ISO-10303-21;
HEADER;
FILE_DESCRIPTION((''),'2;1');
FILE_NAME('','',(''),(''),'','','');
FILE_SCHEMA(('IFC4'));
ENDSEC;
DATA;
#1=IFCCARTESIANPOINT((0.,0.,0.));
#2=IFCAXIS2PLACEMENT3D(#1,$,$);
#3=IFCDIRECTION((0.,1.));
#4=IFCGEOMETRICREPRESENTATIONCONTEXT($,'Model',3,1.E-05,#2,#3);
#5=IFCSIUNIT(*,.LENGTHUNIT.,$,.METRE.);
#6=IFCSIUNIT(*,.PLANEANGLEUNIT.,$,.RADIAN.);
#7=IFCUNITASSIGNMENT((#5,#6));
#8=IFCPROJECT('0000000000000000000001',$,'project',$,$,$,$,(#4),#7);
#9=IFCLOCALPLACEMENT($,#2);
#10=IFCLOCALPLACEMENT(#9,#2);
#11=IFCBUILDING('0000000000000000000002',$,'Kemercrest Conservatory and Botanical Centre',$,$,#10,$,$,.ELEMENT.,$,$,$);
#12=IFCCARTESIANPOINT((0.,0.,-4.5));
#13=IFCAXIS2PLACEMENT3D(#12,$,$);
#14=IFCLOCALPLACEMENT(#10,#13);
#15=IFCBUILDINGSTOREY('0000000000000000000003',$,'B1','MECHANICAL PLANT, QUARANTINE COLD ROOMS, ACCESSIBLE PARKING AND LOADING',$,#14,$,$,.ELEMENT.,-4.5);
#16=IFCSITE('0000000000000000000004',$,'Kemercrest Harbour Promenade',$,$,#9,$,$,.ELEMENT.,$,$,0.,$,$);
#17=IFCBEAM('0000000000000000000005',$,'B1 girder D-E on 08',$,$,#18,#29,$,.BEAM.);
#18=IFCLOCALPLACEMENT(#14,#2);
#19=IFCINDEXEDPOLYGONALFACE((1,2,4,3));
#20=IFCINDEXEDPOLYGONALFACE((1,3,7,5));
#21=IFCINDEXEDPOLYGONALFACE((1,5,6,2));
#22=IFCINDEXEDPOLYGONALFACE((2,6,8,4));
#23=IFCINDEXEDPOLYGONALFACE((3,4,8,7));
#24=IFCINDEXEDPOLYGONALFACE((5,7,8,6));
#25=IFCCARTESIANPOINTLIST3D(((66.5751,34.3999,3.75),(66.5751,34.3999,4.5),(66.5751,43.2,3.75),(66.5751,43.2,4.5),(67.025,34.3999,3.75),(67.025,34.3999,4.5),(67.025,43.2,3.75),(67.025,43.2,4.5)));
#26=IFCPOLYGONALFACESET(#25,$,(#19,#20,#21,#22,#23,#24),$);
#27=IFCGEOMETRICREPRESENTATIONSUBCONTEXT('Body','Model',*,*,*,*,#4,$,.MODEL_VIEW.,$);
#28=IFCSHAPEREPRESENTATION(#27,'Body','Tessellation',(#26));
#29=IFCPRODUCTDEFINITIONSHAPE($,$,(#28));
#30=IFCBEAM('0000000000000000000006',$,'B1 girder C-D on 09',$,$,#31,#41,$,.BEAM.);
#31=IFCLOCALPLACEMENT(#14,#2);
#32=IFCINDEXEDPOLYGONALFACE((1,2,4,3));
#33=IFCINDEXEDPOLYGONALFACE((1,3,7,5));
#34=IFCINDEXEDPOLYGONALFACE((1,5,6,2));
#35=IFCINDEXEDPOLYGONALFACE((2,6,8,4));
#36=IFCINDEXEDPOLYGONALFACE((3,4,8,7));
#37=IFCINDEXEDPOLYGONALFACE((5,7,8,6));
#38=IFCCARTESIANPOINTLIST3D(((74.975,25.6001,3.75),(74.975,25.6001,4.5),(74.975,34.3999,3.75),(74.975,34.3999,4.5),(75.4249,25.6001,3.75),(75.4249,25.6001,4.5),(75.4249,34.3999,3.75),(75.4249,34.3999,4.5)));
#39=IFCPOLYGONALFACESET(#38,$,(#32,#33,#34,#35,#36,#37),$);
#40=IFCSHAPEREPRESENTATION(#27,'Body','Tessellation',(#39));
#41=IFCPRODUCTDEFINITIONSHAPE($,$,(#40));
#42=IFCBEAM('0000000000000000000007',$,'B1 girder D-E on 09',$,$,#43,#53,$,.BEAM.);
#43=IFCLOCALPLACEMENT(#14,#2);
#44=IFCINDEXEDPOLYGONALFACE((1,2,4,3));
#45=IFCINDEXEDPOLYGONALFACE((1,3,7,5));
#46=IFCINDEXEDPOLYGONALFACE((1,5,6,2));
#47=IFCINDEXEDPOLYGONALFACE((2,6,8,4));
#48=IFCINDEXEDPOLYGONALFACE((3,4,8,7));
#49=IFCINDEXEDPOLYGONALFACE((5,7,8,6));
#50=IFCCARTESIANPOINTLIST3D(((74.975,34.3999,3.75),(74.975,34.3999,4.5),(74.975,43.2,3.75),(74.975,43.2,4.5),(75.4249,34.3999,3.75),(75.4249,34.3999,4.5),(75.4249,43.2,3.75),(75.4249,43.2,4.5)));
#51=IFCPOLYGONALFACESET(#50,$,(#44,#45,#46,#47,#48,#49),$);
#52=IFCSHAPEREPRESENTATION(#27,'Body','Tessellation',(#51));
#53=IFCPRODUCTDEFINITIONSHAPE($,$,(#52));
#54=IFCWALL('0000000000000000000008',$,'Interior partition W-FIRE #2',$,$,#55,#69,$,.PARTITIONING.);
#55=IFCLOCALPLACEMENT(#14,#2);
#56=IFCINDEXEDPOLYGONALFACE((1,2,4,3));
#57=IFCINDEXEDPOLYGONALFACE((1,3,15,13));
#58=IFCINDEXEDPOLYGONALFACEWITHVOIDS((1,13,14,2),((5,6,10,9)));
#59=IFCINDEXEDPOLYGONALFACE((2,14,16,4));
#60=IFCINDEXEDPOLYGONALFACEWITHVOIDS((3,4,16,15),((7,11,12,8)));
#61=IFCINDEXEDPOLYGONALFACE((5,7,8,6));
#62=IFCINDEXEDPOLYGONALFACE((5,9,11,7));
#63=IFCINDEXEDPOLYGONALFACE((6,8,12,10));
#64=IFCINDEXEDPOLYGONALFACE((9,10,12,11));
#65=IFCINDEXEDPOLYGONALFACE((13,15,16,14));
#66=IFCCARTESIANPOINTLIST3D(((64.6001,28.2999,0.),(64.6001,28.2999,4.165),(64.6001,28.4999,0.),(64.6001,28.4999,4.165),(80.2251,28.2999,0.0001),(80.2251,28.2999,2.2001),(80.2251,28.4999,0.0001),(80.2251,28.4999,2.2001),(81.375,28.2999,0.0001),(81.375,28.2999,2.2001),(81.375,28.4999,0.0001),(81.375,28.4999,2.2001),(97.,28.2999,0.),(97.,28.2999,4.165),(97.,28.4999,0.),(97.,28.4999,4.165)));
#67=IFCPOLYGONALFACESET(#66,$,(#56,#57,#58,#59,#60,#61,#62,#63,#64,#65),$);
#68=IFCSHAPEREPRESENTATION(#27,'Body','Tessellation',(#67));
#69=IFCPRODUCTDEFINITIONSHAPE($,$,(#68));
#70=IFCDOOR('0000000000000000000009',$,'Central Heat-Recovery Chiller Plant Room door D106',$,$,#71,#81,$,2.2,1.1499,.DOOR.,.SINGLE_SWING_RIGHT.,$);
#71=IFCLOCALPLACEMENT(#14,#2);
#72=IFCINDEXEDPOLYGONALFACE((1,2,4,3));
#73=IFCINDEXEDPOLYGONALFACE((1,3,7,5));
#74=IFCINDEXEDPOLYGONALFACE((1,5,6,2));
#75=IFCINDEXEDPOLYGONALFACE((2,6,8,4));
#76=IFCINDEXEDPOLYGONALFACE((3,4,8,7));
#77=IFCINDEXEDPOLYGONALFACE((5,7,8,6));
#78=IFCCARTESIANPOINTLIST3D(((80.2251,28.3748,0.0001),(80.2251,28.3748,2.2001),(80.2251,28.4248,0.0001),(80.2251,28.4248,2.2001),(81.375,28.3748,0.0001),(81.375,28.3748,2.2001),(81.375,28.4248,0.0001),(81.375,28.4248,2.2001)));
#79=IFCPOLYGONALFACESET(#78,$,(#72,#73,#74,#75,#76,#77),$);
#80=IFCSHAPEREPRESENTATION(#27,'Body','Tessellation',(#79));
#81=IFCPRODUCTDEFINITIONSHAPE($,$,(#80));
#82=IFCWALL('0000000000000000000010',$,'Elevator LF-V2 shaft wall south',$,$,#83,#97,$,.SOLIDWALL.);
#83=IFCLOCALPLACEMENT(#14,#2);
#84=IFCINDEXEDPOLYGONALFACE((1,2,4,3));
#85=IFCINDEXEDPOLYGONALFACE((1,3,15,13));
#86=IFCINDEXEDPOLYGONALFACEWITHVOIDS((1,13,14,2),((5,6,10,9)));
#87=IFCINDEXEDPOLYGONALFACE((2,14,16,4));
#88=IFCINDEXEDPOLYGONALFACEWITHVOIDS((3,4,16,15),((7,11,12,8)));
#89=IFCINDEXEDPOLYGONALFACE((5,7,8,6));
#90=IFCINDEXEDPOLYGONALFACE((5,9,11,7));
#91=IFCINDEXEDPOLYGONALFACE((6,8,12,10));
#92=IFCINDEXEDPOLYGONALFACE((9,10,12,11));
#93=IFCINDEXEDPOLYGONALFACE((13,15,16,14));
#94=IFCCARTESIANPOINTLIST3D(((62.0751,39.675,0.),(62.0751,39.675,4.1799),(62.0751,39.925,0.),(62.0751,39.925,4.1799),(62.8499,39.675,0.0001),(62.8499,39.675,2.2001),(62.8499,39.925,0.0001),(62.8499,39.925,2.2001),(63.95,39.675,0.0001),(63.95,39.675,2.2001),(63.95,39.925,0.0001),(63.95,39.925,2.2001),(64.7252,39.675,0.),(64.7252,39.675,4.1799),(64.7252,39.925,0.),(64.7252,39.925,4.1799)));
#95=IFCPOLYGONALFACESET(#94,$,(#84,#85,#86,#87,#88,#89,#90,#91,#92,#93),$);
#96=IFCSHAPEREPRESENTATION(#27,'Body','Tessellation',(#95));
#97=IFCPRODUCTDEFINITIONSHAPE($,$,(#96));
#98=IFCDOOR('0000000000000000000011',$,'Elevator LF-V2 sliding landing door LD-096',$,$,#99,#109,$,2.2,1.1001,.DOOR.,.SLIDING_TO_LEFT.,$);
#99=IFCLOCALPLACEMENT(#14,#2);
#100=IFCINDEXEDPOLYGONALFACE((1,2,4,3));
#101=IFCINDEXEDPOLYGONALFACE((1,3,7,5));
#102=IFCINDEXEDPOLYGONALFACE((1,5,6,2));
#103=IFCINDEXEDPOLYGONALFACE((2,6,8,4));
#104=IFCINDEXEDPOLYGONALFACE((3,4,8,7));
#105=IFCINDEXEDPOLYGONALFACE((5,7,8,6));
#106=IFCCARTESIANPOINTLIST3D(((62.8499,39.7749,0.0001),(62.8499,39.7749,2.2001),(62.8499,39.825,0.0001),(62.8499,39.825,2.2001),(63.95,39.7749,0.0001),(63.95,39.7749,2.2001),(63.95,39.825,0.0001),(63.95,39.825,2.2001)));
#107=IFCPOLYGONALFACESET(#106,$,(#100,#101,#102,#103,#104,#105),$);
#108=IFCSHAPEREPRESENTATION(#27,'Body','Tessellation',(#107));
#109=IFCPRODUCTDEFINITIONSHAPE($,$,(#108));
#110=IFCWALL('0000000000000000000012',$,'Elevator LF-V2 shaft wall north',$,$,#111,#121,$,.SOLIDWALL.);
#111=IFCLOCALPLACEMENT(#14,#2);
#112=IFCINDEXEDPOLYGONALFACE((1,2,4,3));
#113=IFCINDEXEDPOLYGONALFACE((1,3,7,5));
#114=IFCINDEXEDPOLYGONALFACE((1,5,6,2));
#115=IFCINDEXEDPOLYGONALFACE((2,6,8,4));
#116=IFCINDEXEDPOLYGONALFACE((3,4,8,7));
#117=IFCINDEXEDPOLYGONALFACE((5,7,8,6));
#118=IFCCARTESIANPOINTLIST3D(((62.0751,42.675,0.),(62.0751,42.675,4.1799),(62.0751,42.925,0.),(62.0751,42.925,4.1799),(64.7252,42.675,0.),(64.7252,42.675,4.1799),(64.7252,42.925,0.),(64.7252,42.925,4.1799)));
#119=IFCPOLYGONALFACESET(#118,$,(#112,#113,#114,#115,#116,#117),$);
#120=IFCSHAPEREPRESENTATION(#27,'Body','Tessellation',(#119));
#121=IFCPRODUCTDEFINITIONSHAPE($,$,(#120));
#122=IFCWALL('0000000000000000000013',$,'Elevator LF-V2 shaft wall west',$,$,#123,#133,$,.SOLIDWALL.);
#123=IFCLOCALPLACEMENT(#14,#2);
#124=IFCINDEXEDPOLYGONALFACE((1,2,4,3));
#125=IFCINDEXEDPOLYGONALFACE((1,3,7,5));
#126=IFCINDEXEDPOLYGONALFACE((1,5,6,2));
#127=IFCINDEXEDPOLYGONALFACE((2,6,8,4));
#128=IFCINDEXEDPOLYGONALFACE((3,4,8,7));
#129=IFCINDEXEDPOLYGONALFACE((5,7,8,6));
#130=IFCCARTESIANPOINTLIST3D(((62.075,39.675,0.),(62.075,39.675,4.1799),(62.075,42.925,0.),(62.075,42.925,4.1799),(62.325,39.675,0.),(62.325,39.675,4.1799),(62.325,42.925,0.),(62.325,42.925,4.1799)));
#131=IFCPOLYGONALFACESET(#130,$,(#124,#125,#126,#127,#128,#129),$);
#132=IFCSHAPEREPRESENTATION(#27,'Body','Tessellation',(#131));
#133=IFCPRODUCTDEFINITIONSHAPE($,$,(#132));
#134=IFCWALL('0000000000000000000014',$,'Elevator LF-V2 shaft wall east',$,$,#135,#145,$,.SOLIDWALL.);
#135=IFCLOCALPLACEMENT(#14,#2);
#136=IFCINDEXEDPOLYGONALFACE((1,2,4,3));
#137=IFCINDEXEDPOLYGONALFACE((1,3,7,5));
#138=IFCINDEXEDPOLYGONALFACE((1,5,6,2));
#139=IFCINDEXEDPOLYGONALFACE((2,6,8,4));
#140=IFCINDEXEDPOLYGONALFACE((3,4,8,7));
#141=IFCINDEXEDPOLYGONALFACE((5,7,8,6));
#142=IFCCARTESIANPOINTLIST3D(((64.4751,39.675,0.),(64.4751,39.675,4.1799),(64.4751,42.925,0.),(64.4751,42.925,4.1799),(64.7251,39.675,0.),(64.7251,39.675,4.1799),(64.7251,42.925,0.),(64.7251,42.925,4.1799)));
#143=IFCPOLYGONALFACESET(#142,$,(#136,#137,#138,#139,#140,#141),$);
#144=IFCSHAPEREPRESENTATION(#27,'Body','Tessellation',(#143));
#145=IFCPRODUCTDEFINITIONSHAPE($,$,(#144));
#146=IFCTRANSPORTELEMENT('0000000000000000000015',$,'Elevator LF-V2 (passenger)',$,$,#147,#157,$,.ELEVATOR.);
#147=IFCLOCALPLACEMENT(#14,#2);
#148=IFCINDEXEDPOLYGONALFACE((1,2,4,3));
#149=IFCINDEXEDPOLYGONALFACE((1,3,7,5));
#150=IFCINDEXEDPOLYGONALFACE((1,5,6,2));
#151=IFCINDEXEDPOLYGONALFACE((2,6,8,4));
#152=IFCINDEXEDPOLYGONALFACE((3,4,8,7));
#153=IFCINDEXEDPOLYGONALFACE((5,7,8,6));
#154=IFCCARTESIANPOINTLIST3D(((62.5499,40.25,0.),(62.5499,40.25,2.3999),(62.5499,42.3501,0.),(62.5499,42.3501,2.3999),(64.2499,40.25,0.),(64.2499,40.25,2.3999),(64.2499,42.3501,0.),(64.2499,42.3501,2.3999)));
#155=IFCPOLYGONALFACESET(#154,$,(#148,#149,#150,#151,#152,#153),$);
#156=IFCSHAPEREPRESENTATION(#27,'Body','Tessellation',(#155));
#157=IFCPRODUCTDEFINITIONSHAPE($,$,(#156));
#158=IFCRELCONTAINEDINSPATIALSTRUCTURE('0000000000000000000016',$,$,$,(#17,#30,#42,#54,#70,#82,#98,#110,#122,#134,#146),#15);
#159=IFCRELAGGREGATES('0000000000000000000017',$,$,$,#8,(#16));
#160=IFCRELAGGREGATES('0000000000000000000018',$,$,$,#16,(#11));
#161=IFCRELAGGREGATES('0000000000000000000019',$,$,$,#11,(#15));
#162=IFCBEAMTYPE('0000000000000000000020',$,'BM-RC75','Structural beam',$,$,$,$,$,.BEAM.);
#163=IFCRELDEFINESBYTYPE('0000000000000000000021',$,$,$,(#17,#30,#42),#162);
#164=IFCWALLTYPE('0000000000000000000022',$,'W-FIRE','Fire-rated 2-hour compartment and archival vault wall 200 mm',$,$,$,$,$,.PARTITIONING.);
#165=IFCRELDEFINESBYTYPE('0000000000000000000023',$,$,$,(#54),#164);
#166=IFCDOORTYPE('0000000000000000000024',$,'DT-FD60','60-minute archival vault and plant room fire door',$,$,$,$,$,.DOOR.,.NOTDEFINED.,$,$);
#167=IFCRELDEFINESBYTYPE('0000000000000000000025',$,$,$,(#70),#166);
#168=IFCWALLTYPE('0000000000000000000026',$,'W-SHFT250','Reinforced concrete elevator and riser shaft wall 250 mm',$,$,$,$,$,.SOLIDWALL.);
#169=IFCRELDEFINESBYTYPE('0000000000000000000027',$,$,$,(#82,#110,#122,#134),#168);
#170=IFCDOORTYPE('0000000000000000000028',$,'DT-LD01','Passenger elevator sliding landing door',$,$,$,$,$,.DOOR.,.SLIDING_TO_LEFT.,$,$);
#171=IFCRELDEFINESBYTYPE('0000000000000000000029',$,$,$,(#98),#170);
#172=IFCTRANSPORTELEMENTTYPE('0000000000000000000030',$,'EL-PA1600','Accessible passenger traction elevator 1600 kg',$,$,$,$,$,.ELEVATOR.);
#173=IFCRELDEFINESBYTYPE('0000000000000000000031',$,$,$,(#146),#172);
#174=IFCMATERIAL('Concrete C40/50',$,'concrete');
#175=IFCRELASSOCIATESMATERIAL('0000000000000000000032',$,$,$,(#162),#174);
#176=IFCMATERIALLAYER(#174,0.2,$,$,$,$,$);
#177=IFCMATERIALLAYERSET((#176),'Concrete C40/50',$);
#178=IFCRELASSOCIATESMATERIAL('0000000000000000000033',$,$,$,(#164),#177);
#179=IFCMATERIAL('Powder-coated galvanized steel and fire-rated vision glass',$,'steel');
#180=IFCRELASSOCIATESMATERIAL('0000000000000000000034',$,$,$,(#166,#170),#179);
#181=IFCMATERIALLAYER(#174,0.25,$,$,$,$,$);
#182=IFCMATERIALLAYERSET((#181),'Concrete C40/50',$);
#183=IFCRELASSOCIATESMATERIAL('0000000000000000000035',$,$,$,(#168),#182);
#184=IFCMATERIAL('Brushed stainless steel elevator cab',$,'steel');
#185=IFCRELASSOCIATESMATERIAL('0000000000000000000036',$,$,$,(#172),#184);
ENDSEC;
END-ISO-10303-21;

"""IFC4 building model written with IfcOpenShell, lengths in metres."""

from ifc_helpers import new_model, si_unit, direction, frame, frame_2d, origin, origin_2d, place, context, subcontext, project, spatial, rectangle, extrude, material, layer, layer_set, material_profile, profile_set, type_object, element, fill, save


model = new_model("IFC4")

# Units and contexts
model_context = context("Model", 3, precision=1e-05, world=origin(), true_north=direction((0.0, 1.0)))
body_context = subcontext(model_context, "Body", "Model", "MODEL_VIEW")
ifc_project = project(units=[si_unit("LENGTHUNIT", "METRE"), si_unit("PLANEANGLEUNIT", "RADIAN")], contexts=[model_context])

# Site, building, storey
site_placement = place(None, origin())
site = spatial("IfcSite", under=ifc_project, at=site_placement, Name="Kemercrest Harbour Promenade", CompositionType="ELEMENT", RefElevation=0.0)
building_placement = place(site_placement, origin())
building = spatial("IfcBuilding", under=site, at=building_placement, Name="Kemercrest Conservatory and Botanical Centre", CompositionType="ELEMENT")
storey_placement = place(building_placement, frame((0.0, 0.0, -4.5)))
storey = spatial("IfcBuildingStorey", under=building, at=storey_placement, Name="B1", Description="MECHANICAL PLANT, QUARANTINE COLD ROOMS, ACCESSIBLE PARKING AND LOADING", CompositionType="ELEMENT", Elevation=-4.5)

# Shared definitions
ifc_material_1 = material(Name="Concrete C40/50", Category="concrete")

# Beams
ifc_material_profile_1 = material_profile(ifc_material_1, rectangle(XDim=0.45, YDim=0.75, at=origin_2d()), Name="RC 450x750")
ifc_profile_set_1 = profile_set([ifc_material_profile_1], Name="Concrete C40/50")
beam_type = type_object("IfcBeamType", Name="BM-RC75", Description="Structural beam", PredefinedType="BEAM", material=ifc_profile_set_1)
beam_1_placement = place(storey_placement, frame((66.8, 34.3999, 4.125), z_axis=(0.0, 1.0, 0.0), x_axis=(-1.0, 0.0, 0.0)))
element("IfcBeam", 1, at=beam_1_placement, inside=storey, type_object=beam_type, Name="B1 girder D-E on 08", PredefinedType="BEAM", context=body_context, shape_type="SweptSolid", body=[
    extrude(rectangle(XDim=0.45, YDim=0.75, at=origin_2d()), origin(), (0.0, 0.0, 1.0), 8.8),
])
beam_2_placement = place(storey_placement, frame((75.2, 25.6001, 4.125), z_axis=(0.0, 1.0, 0.0), x_axis=(-1.0, 0.0, 0.0)))
element("IfcBeam", 2, at=beam_2_placement, inside=storey, type_object=beam_type, Name="B1 girder C-D on 09", PredefinedType="BEAM", context=body_context, shape_type="SweptSolid", body=[
    extrude(rectangle(XDim=0.45, YDim=0.75, at=origin_2d()), origin(), (0.0, 0.0, 1.0), 8.7998),
])
beam_3_placement = place(storey_placement, frame((75.2, 34.3999, 4.125), z_axis=(0.0, 1.0, 0.0), x_axis=(-1.0, 0.0, 0.0)))
element("IfcBeam", 3, at=beam_3_placement, inside=storey, type_object=beam_type, Name="B1 girder D-E on 09", PredefinedType="BEAM", context=body_context, shape_type="SweptSolid", body=[
    extrude(rectangle(XDim=0.45, YDim=0.75, at=origin_2d()), origin(), (0.0, 0.0, 1.0), 8.8),
])

# Walls, openings, doors
ifc_layer_1 = layer(ifc_material_1, 0.2)
ifc_layer_set_1 = layer_set([ifc_layer_1], Name="Concrete C40/50")
wall_type_1 = type_object("IfcWallType", Name="W-FIRE", Description="Fire-rated 2-hour compartment and archival vault wall 200 mm", PredefinedType="PARTITIONING", material=ifc_layer_set_1)
wall_1_placement = place(storey_placement, frame((64.6001, 28.3999, 0.0), z_axis=(0.0, 0.0, 1.0), x_axis=(1.0, 0.0, 0.0)))
wall_1 = element("IfcWall", 4, at=wall_1_placement, inside=storey, type_object=wall_type_1, Name="Interior partition W-FIRE #2", PredefinedType="PARTITIONING", context=body_context, shape_type="SweptSolid", body=[
    extrude(rectangle(XDim=32.3999, YDim=0.2, at=frame_2d((16.2, 0.0))), origin(), (0.0, 0.0, 1.0), 4.165),
])
opening_1_placement = place(wall_1_placement, frame((15.625, 0.0, 0.0)))
opening_1 = element("IfcOpeningElement", 5, at=opening_1_placement, cuts=wall_1, PredefinedType="OPENING", context=body_context, shape_type="SweptSolid", body=[
    extrude(rectangle(XDim=1.1499, YDim=2.2, at=frame_2d((0.575, 1.1001))), frame((0.0, 0.1099, 0.0), z_axis=(0.0, -1.0, 0.0), x_axis=(1.0, 0.0, 0.0)), (0.0, 0.0, 1.0), 0.22),
])
ifc_material_2 = material(Name="Powder-coated galvanized steel and fire-rated vision glass", Category="steel")
door_type_1 = type_object("IfcDoorType", Name="DT-FD60", Description="60-minute archival vault and plant room fire door", OperationType="NOTDEFINED", PredefinedType="DOOR", material=ifc_material_2)
door_1_placement = place(opening_1_placement, origin())
door_1 = element("IfcDoor", 6, at=door_1_placement, inside=storey, type_object=door_type_1, Name="Central Heat-Recovery Chiller Plant Room door D106", OperationType="SINGLE_SWING_RIGHT", OverallHeight=2.2, OverallWidth=1.1499, PredefinedType="DOOR", context=body_context, shape_type="SweptSolid", body=[
    extrude(rectangle(XDim=1.1499, YDim=2.2, at=frame_2d((0.575, 1.1001))), frame((0.0, 0.0249, 0.0), z_axis=(0.0, -1.0, 0.0), x_axis=(1.0, 0.0, 0.0)), (0.0, 0.0, 1.0), 0.05),
])
fill(opening_1, door_1)
ifc_layer_2 = layer(ifc_material_1, 0.25)
ifc_layer_set_2 = layer_set([ifc_layer_2], Name="Concrete C40/50")
wall_type_2 = type_object("IfcWallType", Name="W-SHFT250", Description="Reinforced concrete elevator and riser shaft wall 250 mm", PredefinedType="SOLIDWALL", material=ifc_layer_set_2)
wall_2_placement = place(storey_placement, frame((62.075, 39.8, 0.0), z_axis=(0.0, 0.0, 1.0), x_axis=(1.0, 0.0, 0.0)))
wall_2 = element("IfcWall", 7, at=wall_2_placement, inside=storey, type_object=wall_type_2, Name="Elevator LF-V2 shaft wall south", PredefinedType="SOLIDWALL", context=body_context, shape_type="SweptSolid", body=[
    extrude(rectangle(XDim=2.6501, YDim=0.25, at=frame_2d((1.3252, 0.0))), origin(), (0.0, 0.0, 1.0), 4.1799),
])
opening_2_placement = place(wall_2_placement, frame((0.7749, 0.0, 0.0)))
opening_2 = element("IfcOpeningElement", 8, at=opening_2_placement, cuts=wall_2, PredefinedType="OPENING", context=body_context, shape_type="SweptSolid", body=[
    extrude(rectangle(XDim=1.1001, YDim=2.2, at=frame_2d((0.55, 1.1001))), frame((0.0, 0.135, 0.0), z_axis=(0.0, -1.0, 0.0), x_axis=(1.0, 0.0, 0.0)), (0.0, 0.0, 1.0), 0.27),
])
door_type_2 = type_object("IfcDoorType", Name="DT-LD01", Description="Passenger elevator sliding landing door", OperationType="SLIDING_TO_LEFT", PredefinedType="DOOR", material=ifc_material_2)
door_2_placement = place(opening_2_placement, origin())
door_2 = element("IfcDoor", 9, at=door_2_placement, inside=storey, type_object=door_type_2, Name="Elevator LF-V2 sliding landing door LD-096", OperationType="SLIDING_TO_LEFT", OverallHeight=2.2, OverallWidth=1.1001, PredefinedType="DOOR", context=body_context, shape_type="SweptSolid", body=[
    extrude(rectangle(XDim=1.1001, YDim=2.2, at=frame_2d((0.55, 1.1001))), frame((0.0, 0.0249, 0.0), z_axis=(0.0, -1.0, 0.0), x_axis=(1.0, 0.0, 0.0)), (0.0, 0.0, 1.0), 0.05),
])
fill(opening_2, door_2)

# Walls
wall_3_placement = place(storey_placement, frame((62.075, 42.8, 0.0), z_axis=(0.0, 0.0, 1.0), x_axis=(1.0, 0.0, 0.0)))
element("IfcWall", 10, at=wall_3_placement, inside=storey, type_object=wall_type_2, Name="Elevator LF-V2 shaft wall north", PredefinedType="SOLIDWALL", context=body_context, shape_type="SweptSolid", body=[
    extrude(rectangle(XDim=2.6501, YDim=0.25, at=frame_2d((1.3252, 0.0))), origin(), (0.0, 0.0, 1.0), 4.1799),
])
for number, where, z_axis, x_axis, name in (
    (11, (62.2, 39.675, 0.0), (0.0, 0.0, 1.0), (0.0, 1.0, 0.0), "Elevator LF-V2 shaft wall west"),
    (12, (64.6001, 39.675, 0.0), (0.0, 0.0, 1.0), (0.0, 1.0, 0.0), "Elevator LF-V2 shaft wall east"),
):
    element("IfcWall", number, at=place(storey_placement, frame(where, z_axis=z_axis, x_axis=x_axis)), inside=storey, type_object=wall_type_2, Name=name, PredefinedType="SOLIDWALL", context=body_context, shape_type="SweptSolid", body=[
        extrude(rectangle(XDim=3.25, YDim=0.25, at=frame_2d((1.625, 0.0))), origin(), (0.0, 0.0, 1.0), 4.1799),
    ])

# Transport element
ifc_material_3 = material(Name="Brushed stainless steel elevator cab", Category="steel")
transport_element_type = type_object("IfcTransportElementType", Name="EL-PA1600", Description="Accessible passenger traction elevator 1600 kg", PredefinedType="ELEVATOR", material=ifc_material_3)
transport_element_placement = place(storey_placement, frame((63.3999, 41.3, 0.0), z_axis=(0.0, 0.0, 1.0), x_axis=(1.0, 0.0, 0.0)))
element("IfcTransportElement", 13, at=transport_element_placement, inside=storey, type_object=transport_element_type, Name="Elevator LF-V2 (passenger)", PredefinedType="ELEVATOR", context=body_context, shape_type="SweptSolid", body=[
    extrude(rectangle(XDim=1.7, YDim=2.1001, at=origin_2d()), origin(), (0.0, 0.0, 1.0), 2.3999),
])

save(model, "model.ifc")
